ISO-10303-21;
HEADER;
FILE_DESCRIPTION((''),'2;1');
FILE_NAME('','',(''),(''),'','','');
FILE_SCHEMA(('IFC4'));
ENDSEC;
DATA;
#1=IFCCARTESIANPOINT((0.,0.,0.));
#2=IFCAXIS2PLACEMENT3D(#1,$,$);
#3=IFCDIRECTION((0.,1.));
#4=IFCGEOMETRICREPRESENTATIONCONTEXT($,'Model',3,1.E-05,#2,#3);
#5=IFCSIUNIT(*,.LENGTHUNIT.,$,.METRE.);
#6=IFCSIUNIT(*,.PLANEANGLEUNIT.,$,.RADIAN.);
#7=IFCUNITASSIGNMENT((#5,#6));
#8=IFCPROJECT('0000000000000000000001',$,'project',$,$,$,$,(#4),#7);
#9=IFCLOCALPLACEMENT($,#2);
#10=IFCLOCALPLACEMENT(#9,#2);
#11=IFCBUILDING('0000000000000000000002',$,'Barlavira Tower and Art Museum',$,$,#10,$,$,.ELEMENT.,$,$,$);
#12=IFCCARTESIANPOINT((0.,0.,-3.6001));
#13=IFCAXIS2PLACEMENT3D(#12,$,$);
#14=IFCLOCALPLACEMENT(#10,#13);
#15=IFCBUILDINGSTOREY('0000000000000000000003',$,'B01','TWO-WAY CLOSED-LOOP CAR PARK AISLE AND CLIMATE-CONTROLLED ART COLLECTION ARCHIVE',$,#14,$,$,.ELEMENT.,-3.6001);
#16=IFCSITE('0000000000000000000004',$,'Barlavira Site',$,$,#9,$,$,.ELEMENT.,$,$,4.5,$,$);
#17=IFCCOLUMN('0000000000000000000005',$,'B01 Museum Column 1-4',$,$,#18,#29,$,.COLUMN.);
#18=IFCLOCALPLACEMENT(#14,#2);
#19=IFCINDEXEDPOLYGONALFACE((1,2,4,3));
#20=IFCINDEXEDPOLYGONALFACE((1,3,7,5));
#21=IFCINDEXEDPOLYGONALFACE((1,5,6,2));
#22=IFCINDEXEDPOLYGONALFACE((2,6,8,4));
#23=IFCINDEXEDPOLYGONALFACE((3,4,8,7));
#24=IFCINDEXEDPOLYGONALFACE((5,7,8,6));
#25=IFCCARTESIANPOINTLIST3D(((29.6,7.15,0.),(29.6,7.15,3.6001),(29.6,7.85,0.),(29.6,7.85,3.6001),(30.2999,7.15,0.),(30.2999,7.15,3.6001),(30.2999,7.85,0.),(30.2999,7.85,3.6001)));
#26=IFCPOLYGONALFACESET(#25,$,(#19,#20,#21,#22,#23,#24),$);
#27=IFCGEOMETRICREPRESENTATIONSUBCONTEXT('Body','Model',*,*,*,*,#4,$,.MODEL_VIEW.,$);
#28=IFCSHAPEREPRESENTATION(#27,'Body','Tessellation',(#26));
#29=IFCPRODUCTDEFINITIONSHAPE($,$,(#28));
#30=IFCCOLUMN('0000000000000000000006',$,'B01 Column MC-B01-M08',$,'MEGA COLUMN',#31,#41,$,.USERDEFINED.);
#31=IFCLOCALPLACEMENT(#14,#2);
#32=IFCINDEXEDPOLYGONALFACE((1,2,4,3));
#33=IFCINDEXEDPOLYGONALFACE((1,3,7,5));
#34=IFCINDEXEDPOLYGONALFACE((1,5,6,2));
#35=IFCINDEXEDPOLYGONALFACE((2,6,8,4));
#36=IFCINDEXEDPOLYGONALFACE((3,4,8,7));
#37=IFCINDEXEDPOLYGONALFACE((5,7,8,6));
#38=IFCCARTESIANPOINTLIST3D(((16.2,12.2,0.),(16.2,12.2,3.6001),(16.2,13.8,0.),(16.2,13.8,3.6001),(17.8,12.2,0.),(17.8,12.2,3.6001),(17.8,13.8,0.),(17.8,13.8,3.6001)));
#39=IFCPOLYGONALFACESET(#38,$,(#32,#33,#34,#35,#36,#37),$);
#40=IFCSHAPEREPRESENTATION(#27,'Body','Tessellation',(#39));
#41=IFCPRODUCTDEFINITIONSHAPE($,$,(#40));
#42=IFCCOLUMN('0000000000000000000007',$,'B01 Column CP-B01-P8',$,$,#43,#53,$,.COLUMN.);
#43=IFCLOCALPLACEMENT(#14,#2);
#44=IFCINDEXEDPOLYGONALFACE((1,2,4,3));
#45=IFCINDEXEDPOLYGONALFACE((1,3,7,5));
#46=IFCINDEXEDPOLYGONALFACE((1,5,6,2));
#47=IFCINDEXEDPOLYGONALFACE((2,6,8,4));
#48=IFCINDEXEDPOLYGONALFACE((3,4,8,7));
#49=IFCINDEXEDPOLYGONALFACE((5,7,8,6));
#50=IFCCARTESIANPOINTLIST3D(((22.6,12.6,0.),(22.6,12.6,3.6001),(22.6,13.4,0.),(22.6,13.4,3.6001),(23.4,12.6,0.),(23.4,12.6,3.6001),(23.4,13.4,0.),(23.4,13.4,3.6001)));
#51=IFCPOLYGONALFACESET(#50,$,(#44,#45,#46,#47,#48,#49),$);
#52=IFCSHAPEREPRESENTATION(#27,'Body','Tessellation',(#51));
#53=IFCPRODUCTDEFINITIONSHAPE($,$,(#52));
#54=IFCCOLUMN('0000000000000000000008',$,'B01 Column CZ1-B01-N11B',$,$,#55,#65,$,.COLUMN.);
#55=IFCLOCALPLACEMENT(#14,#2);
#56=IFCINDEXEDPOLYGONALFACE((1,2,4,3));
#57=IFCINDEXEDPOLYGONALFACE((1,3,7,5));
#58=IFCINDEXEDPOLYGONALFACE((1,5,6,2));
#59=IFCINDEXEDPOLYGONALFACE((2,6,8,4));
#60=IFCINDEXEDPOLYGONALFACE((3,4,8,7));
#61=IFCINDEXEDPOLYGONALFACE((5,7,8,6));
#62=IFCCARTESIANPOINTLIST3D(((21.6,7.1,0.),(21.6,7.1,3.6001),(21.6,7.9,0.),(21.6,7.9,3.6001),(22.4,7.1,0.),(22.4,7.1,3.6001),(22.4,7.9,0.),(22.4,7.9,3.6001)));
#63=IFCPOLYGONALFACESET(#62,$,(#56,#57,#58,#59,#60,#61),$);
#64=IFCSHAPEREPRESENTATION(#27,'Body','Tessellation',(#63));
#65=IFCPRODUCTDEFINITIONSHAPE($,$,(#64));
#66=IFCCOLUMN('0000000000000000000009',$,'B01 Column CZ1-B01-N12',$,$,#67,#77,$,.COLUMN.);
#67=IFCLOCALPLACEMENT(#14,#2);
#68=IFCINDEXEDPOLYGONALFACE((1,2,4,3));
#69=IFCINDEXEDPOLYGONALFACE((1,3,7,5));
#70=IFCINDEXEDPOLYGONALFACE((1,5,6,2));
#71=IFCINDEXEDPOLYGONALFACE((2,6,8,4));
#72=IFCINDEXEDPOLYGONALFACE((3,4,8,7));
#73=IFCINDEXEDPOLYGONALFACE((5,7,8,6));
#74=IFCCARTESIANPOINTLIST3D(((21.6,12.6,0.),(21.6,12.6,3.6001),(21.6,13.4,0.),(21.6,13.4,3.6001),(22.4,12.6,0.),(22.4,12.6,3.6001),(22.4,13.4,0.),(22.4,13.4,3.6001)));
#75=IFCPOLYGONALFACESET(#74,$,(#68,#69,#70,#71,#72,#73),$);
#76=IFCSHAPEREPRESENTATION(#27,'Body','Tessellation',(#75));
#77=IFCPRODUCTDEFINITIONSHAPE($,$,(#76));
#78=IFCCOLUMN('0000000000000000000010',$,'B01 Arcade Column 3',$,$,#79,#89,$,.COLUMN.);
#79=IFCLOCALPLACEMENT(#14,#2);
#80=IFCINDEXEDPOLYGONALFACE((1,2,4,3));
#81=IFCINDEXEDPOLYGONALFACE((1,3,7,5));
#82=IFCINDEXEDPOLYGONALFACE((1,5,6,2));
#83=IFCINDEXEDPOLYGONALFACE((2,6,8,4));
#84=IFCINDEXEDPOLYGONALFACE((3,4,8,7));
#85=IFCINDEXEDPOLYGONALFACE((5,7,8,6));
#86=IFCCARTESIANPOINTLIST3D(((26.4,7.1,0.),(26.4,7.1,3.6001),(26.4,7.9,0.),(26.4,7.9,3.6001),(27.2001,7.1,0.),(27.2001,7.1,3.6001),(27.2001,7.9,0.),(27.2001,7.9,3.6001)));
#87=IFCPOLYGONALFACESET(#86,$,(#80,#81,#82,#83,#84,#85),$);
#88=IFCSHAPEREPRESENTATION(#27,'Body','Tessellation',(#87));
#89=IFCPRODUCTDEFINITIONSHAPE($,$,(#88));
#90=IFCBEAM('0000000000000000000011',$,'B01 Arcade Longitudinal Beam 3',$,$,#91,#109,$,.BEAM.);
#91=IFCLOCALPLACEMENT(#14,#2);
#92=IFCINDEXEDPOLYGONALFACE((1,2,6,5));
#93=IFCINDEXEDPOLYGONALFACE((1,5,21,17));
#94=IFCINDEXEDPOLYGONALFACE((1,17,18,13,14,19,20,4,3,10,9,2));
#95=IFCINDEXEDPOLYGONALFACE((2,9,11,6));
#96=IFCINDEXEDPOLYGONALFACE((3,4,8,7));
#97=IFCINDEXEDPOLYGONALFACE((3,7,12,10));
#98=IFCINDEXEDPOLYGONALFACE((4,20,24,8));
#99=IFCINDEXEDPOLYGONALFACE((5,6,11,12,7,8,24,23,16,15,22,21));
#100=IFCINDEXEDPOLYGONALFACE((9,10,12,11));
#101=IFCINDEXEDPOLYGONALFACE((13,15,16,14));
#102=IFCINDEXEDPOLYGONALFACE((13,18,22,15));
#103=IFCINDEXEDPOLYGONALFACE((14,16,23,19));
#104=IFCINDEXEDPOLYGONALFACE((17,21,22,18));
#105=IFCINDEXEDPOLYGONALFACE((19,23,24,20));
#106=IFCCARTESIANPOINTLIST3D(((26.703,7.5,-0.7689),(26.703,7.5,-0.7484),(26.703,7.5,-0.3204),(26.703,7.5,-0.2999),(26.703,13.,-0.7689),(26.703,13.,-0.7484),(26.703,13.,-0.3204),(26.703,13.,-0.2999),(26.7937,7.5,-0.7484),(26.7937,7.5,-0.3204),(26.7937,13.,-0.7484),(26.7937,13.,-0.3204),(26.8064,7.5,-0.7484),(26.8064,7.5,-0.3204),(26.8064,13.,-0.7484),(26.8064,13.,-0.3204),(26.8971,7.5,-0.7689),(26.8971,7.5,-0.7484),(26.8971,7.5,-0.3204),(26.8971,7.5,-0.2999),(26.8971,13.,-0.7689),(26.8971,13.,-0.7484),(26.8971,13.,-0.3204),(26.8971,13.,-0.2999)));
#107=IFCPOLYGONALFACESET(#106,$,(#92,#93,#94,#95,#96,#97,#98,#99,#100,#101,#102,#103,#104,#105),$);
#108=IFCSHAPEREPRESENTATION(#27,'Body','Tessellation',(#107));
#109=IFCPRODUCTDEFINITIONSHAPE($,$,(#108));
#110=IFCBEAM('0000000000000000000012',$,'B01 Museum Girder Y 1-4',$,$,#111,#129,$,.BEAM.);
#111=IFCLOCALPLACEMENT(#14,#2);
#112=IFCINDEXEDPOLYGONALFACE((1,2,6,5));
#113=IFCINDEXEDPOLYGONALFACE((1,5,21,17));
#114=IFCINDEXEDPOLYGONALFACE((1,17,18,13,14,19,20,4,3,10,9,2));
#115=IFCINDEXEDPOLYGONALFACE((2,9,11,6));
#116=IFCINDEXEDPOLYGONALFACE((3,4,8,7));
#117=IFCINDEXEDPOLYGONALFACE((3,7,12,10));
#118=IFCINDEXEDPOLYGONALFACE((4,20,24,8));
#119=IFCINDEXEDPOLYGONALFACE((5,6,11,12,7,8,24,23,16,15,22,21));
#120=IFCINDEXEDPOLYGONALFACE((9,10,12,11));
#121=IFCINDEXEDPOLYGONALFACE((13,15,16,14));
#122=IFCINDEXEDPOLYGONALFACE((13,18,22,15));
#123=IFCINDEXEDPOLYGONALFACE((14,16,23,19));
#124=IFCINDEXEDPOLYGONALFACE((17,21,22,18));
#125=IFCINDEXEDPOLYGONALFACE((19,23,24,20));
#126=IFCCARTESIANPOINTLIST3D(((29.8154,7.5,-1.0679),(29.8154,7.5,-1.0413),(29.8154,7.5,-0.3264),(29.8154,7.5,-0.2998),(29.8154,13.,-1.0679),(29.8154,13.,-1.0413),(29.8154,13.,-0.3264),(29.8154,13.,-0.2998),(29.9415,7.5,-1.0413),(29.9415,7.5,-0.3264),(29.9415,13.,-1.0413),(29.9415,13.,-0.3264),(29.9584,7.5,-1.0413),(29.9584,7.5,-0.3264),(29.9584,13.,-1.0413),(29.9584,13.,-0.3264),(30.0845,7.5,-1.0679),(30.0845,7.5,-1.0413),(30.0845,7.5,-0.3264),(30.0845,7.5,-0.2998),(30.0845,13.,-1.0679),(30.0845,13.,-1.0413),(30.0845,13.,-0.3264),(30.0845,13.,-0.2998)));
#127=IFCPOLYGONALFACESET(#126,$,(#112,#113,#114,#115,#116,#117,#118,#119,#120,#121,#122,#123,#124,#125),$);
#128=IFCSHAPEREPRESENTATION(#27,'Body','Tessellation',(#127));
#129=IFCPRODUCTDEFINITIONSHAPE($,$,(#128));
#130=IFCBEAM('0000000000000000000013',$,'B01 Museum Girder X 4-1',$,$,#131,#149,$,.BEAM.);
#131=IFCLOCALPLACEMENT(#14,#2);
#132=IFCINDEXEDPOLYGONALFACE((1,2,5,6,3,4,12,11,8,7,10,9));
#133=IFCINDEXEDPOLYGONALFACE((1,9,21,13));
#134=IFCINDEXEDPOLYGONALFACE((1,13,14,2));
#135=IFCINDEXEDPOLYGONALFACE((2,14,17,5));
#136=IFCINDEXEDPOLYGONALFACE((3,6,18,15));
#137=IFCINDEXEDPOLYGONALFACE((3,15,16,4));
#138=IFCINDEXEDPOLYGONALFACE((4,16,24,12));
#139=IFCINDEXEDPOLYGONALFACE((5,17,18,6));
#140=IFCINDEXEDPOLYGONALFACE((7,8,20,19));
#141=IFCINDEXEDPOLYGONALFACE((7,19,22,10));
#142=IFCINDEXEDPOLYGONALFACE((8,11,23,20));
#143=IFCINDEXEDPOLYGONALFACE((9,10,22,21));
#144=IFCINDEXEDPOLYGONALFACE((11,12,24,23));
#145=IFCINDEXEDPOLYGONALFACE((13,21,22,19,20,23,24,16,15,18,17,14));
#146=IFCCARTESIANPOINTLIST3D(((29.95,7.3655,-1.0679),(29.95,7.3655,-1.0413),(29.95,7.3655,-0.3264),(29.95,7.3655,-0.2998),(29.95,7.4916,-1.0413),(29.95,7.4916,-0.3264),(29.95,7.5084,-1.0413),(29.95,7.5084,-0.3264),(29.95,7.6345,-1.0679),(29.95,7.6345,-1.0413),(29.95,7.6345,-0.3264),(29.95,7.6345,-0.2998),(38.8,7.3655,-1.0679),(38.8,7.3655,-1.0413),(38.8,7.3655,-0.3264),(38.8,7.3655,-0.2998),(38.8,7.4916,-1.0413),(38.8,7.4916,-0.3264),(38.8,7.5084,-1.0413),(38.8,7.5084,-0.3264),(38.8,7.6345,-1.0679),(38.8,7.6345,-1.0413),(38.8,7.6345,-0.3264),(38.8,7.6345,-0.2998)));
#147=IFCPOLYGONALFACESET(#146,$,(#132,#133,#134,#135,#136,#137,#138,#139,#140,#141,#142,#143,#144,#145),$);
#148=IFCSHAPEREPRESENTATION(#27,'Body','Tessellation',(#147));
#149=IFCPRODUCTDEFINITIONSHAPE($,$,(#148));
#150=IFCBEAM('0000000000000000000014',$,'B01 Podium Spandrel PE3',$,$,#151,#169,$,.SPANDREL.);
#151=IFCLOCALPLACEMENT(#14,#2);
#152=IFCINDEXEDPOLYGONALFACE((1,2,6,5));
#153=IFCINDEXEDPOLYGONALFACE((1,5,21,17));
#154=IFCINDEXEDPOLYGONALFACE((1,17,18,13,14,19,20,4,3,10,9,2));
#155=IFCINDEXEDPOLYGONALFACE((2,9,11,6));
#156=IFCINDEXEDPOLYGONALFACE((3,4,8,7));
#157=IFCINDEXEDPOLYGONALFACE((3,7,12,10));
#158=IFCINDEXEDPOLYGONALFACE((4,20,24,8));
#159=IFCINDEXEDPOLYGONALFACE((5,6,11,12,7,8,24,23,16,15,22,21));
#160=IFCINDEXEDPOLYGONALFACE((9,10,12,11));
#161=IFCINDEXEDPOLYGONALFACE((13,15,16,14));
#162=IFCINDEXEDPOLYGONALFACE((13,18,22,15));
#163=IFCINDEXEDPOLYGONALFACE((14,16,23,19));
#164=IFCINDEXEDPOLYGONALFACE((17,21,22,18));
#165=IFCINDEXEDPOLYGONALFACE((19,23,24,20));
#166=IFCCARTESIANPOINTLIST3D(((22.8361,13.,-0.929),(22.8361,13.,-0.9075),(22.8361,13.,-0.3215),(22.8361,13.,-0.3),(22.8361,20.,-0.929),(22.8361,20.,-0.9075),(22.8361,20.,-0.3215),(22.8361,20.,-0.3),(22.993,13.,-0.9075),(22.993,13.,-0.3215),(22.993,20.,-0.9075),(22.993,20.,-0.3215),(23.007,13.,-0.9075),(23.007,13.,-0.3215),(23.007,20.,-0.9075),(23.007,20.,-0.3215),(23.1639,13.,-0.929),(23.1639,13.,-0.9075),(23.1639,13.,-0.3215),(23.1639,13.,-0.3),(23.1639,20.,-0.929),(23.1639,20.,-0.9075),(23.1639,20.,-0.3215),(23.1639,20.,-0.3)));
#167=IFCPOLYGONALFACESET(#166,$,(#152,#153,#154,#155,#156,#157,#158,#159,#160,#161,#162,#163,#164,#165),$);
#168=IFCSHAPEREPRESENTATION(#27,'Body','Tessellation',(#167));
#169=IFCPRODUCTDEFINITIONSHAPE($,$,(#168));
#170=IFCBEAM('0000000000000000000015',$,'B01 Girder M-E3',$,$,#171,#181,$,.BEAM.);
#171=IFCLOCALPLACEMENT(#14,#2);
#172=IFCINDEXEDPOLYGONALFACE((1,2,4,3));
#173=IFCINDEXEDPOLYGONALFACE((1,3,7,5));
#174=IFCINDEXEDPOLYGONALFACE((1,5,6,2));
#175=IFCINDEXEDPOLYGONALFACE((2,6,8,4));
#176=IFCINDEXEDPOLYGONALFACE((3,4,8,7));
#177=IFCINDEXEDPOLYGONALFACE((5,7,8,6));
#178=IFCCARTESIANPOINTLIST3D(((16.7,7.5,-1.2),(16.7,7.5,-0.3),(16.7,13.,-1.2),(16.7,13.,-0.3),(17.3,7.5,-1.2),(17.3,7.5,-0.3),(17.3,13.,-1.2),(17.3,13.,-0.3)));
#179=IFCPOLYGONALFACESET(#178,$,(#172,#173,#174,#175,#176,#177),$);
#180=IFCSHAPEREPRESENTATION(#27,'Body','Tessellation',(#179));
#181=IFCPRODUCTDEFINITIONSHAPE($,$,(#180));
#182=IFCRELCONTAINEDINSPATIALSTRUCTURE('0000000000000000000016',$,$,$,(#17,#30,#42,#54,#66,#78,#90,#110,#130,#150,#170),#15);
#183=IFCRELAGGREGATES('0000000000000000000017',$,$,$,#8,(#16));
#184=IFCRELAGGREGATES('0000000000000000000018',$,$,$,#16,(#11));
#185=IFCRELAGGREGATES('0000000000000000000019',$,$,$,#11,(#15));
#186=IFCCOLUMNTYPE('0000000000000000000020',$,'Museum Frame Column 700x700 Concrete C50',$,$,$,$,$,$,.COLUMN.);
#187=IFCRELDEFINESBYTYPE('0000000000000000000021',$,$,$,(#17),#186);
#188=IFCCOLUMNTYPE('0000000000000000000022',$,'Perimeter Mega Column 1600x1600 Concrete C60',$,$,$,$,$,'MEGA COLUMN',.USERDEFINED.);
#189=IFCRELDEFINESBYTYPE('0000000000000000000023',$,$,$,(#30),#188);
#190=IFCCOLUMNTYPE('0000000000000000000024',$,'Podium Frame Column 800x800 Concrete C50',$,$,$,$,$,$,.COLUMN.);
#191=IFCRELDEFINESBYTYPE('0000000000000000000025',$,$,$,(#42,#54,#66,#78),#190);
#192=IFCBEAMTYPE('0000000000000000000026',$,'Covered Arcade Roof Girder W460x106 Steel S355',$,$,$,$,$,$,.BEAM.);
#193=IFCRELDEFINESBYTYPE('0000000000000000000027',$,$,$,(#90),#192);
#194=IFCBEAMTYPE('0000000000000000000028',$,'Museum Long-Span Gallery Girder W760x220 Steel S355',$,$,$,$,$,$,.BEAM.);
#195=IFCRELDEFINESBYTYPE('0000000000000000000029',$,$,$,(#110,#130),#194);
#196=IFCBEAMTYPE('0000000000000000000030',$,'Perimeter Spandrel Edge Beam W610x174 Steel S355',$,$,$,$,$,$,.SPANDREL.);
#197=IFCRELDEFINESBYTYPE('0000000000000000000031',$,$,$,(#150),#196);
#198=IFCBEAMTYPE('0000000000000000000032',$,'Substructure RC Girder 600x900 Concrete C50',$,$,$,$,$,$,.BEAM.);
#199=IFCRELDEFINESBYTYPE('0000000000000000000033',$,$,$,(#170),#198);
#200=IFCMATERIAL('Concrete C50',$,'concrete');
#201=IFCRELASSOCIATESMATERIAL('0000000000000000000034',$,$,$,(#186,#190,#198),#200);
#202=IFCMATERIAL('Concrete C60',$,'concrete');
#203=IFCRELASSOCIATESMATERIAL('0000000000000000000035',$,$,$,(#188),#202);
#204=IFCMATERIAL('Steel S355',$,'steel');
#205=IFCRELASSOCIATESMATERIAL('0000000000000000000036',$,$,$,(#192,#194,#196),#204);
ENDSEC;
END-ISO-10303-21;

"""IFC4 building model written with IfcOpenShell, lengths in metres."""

from ifc_helpers import new_model, si_unit, direction, frame, origin, origin_2d, place, context, subcontext, project, spatial, rectangle, i_section, extrude, material, material_profile, profile_set, type_object, element, save


model = new_model("IFC4")

# Units and contexts
model_context = context("Model", 3, precision=1e-05, world=origin(), true_north=direction((0.0, 1.0)))
body_context = subcontext(model_context, "Body", "Model", "MODEL_VIEW")
ifc_project = project(units=[si_unit("LENGTHUNIT", "METRE"), si_unit("PLANEANGLEUNIT", "RADIAN")], contexts=[model_context])

# Site, building, storey
site_placement = place(None, origin())
site = spatial("IfcSite", under=ifc_project, at=site_placement, Name="Barlavira Site", CompositionType="ELEMENT", RefElevation=4.5)
building_placement = place(site_placement, origin())
building = spatial("IfcBuilding", under=site, at=building_placement, Name="Barlavira Tower and Art Museum", CompositionType="ELEMENT")
storey_placement = place(building_placement, frame((0.0, 0.0, -3.6001)))
storey = spatial("IfcBuildingStorey", under=building, at=storey_placement, Name="B01", Description="TWO-WAY CLOSED-LOOP CAR PARK AISLE AND CLIMATE-CONTROLLED ART COLLECTION ARCHIVE", CompositionType="ELEMENT", Elevation=-3.6001)

# Columns
ifc_material_1 = material(Name="Concrete C50", Category="concrete")
ifc_material_profile_1 = material_profile(ifc_material_1, rectangle(XDim=0.7, YDim=0.7, at=origin_2d()), Name="RC-COL 700x700")
ifc_profile_set_1 = profile_set([ifc_material_profile_1], Name="Concrete C50")
column_type_1 = type_object("IfcColumnType", Name="Museum Frame Column 700x700 Concrete C50", PredefinedType="COLUMN", material=ifc_profile_set_1)
column_1_placement = place(storey_placement, frame((29.95, 7.5, 0.0), z_axis=(0.0, 0.0, 1.0), x_axis=(1.0, 0.0, 0.0)))
element("IfcColumn", 1, at=column_1_placement, inside=storey, type_object=column_type_1, Name="B01 Museum Column 1-4", PredefinedType="COLUMN", context=body_context, shape_type="SweptSolid", body=[
    extrude(rectangle(XDim=0.7, YDim=0.7, at=origin_2d()), origin(), (0.0, 0.0, 1.0), 3.6001),
])
ifc_material_2 = material(Name="Concrete C60", Category="concrete")
ifc_material_profile_2 = material_profile(ifc_material_2, rectangle(XDim=1.6001, YDim=1.6001, at=origin_2d()), Name="RC-MCOL 1600x1600")
ifc_profile_set_2 = profile_set([ifc_material_profile_2], Name="Concrete C60")
column_type_2 = type_object("IfcColumnType", Name="Perimeter Mega Column 1600x1600 Concrete C60", ElementType="MEGA COLUMN", PredefinedType="USERDEFINED", material=ifc_profile_set_2)
column_2_placement = place(storey_placement, frame((17.0, 13.0, 0.0), z_axis=(0.0, 0.0, 1.0), x_axis=(1.0, 0.0, 0.0)))
element("IfcColumn", 2, at=column_2_placement, inside=storey, type_object=column_type_2, Name="B01 Column MC-B01-M08", ObjectType="MEGA COLUMN", PredefinedType="USERDEFINED", context=body_context, shape_type="SweptSolid", body=[
    extrude(rectangle(XDim=1.6001, YDim=1.6001, at=origin_2d()), origin(), (0.0, 0.0, 1.0), 3.6001),
])
ifc_material_profile_3 = material_profile(ifc_material_1, rectangle(XDim=0.8, YDim=0.8, at=origin_2d()), Name="RC-COL 800x800")
ifc_profile_set_3 = profile_set([ifc_material_profile_3], Name="Concrete C50")
column_type_3 = type_object("IfcColumnType", Name="Podium Frame Column 800x800 Concrete C50", PredefinedType="COLUMN", material=ifc_profile_set_3)
for number, where, z_axis, x_axis, name in (
    (3, (23.0, 13.0, 0.0), (0.0, 0.0, 1.0), (1.0, 0.0, 0.0), "B01 Column CP-B01-P8"),
    (4, (22.0, 7.5, 0.0), (0.0, 0.0, 1.0), (1.0, 0.0, 0.0), "B01 Column CZ1-B01-N11B"),
    (5, (22.0, 13.0, 0.0), (0.0, 0.0, 1.0), (1.0, 0.0, 0.0), "B01 Column CZ1-B01-N12"),
    (6, (26.8, 7.5, 0.0), (0.0, 0.0, 1.0), (1.0, 0.0, 0.0), "B01 Arcade Column 3"),
):
    element("IfcColumn", number, at=place(storey_placement, frame(where, z_axis=z_axis, x_axis=x_axis)), inside=storey, type_object=column_type_3, Name=name, PredefinedType="COLUMN", context=body_context, shape_type="SweptSolid", body=[
        extrude(rectangle(XDim=0.8, YDim=0.8, at=origin_2d()), origin(), (0.0, 0.0, 1.0), 3.6001),
    ])

# Beams
ifc_material_3 = material(Name="Steel S355", Category="steel")
ifc_material_profile_4 = material_profile(ifc_material_3, i_section(OverallWidth=0.1941, OverallDepth=0.469, WebThickness=0.0127, FlangeThickness=0.0205, at=origin_2d()), Name="W460x106.0")
ifc_profile_set_4 = profile_set([ifc_material_profile_4], Name="Steel S355")
beam_type_1 = type_object("IfcBeamType", Name="Covered Arcade Roof Girder W460x106 Steel S355", PredefinedType="BEAM", material=ifc_profile_set_4)
beam_1_placement = place(storey_placement, frame((26.8, 7.5, -0.5344), z_axis=(0.0, 1.0, 0.0), x_axis=(-1.0, 0.0, 0.0)))
element("IfcBeam", 7, at=beam_1_placement, inside=storey, type_object=beam_type_1, Name="B01 Arcade Longitudinal Beam 3", PredefinedType="BEAM", context=body_context, shape_type="SweptSolid", body=[
    extrude(i_section(OverallWidth=0.1941, OverallDepth=0.469, WebThickness=0.0127, FlangeThickness=0.0205, at=origin_2d()), origin(), (0.0, 0.0, 1.0), 5.5),
])
ifc_material_profile_5 = material_profile(ifc_material_3, i_section(OverallWidth=0.269, OverallDepth=0.7681, WebThickness=0.0168, FlangeThickness=0.0266, at=origin_2d()), Name="W760x220.0")
ifc_profile_set_5 = profile_set([ifc_material_profile_5], Name="Steel S355")
beam_type_2 = type_object("IfcBeamType", Name="Museum Long-Span Gallery Girder W760x220 Steel S355", PredefinedType="BEAM", material=ifc_profile_set_5)
beam_2_placement = place(storey_placement, frame((29.95, 7.5, -0.6838), z_axis=(0.0, 1.0, 0.0), x_axis=(-1.0, 0.0, 0.0)))
element("IfcBeam", 8, at=beam_2_placement, inside=storey, type_object=beam_type_2, Name="B01 Museum Girder Y 1-4", PredefinedType="BEAM", context=body_context, shape_type="SweptSolid", body=[
    extrude(i_section(OverallWidth=0.269, OverallDepth=0.7681, WebThickness=0.0168, FlangeThickness=0.0266, at=origin_2d()), origin(), (0.0, 0.0, 1.0), 5.5),
])
beam_3_placement = place(storey_placement, frame((29.95, 7.5, -0.6838), z_axis=(1.0, 0.0, 0.0), x_axis=(0.0, 1.0, 0.0)))
element("IfcBeam", 9, at=beam_3_placement, inside=storey, type_object=beam_type_2, Name="B01 Museum Girder X 4-1", PredefinedType="BEAM", context=body_context, shape_type="SweptSolid", body=[
    extrude(i_section(OverallWidth=0.269, OverallDepth=0.7681, WebThickness=0.0168, FlangeThickness=0.0266, at=origin_2d()), origin(), (0.0, 0.0, 1.0), 8.8501),
])
ifc_material_profile_6 = material_profile(ifc_material_3, i_section(OverallWidth=0.3279, OverallDepth=0.6289, WebThickness=0.0139, FlangeThickness=0.0215, at=origin_2d()), Name="W610x174.0")
ifc_profile_set_6 = profile_set([ifc_material_profile_6], Name="Steel S355")
beam_type_3 = type_object("IfcBeamType", Name="Perimeter Spandrel Edge Beam W610x174 Steel S355", PredefinedType="SPANDREL", material=ifc_profile_set_6)
beam_4_placement = place(storey_placement, frame((23.0, 13.0, -0.6145), z_axis=(0.0, 1.0, 0.0), x_axis=(-1.0, 0.0, 0.0)))
element("IfcBeam", 10, at=beam_4_placement, inside=storey, type_object=beam_type_3, Name="B01 Podium Spandrel PE3", PredefinedType="SPANDREL", context=body_context, shape_type="SweptSolid", body=[
    extrude(i_section(OverallWidth=0.3279, OverallDepth=0.6289, WebThickness=0.0139, FlangeThickness=0.0215, at=origin_2d()), origin(), (0.0, 0.0, 1.0), 7.0),
])
ifc_material_profile_7 = material_profile(ifc_material_1, rectangle(XDim=0.6001, YDim=0.8999, at=origin_2d()), Name="RC-BM 600x900")
ifc_profile_set_7 = profile_set([ifc_material_profile_7], Name="Concrete C50")
beam_type_4 = type_object("IfcBeamType", Name="Substructure RC Girder 600x900 Concrete C50", PredefinedType="BEAM", material=ifc_profile_set_7)
beam_5_placement = place(storey_placement, frame((17.0, 7.5, -0.75), z_axis=(0.0, 1.0, 0.0), x_axis=(-1.0, 0.0, 0.0)))
element("IfcBeam", 11, at=beam_5_placement, inside=storey, type_object=beam_type_4, Name="B01 Girder M-E3", PredefinedType="BEAM", context=body_context, shape_type="SweptSolid", body=[
    extrude(rectangle(XDim=0.6001, YDim=0.8999, at=origin_2d()), origin(), (0.0, 0.0, 1.0), 5.5),
])

save(model, "model.ifc")
